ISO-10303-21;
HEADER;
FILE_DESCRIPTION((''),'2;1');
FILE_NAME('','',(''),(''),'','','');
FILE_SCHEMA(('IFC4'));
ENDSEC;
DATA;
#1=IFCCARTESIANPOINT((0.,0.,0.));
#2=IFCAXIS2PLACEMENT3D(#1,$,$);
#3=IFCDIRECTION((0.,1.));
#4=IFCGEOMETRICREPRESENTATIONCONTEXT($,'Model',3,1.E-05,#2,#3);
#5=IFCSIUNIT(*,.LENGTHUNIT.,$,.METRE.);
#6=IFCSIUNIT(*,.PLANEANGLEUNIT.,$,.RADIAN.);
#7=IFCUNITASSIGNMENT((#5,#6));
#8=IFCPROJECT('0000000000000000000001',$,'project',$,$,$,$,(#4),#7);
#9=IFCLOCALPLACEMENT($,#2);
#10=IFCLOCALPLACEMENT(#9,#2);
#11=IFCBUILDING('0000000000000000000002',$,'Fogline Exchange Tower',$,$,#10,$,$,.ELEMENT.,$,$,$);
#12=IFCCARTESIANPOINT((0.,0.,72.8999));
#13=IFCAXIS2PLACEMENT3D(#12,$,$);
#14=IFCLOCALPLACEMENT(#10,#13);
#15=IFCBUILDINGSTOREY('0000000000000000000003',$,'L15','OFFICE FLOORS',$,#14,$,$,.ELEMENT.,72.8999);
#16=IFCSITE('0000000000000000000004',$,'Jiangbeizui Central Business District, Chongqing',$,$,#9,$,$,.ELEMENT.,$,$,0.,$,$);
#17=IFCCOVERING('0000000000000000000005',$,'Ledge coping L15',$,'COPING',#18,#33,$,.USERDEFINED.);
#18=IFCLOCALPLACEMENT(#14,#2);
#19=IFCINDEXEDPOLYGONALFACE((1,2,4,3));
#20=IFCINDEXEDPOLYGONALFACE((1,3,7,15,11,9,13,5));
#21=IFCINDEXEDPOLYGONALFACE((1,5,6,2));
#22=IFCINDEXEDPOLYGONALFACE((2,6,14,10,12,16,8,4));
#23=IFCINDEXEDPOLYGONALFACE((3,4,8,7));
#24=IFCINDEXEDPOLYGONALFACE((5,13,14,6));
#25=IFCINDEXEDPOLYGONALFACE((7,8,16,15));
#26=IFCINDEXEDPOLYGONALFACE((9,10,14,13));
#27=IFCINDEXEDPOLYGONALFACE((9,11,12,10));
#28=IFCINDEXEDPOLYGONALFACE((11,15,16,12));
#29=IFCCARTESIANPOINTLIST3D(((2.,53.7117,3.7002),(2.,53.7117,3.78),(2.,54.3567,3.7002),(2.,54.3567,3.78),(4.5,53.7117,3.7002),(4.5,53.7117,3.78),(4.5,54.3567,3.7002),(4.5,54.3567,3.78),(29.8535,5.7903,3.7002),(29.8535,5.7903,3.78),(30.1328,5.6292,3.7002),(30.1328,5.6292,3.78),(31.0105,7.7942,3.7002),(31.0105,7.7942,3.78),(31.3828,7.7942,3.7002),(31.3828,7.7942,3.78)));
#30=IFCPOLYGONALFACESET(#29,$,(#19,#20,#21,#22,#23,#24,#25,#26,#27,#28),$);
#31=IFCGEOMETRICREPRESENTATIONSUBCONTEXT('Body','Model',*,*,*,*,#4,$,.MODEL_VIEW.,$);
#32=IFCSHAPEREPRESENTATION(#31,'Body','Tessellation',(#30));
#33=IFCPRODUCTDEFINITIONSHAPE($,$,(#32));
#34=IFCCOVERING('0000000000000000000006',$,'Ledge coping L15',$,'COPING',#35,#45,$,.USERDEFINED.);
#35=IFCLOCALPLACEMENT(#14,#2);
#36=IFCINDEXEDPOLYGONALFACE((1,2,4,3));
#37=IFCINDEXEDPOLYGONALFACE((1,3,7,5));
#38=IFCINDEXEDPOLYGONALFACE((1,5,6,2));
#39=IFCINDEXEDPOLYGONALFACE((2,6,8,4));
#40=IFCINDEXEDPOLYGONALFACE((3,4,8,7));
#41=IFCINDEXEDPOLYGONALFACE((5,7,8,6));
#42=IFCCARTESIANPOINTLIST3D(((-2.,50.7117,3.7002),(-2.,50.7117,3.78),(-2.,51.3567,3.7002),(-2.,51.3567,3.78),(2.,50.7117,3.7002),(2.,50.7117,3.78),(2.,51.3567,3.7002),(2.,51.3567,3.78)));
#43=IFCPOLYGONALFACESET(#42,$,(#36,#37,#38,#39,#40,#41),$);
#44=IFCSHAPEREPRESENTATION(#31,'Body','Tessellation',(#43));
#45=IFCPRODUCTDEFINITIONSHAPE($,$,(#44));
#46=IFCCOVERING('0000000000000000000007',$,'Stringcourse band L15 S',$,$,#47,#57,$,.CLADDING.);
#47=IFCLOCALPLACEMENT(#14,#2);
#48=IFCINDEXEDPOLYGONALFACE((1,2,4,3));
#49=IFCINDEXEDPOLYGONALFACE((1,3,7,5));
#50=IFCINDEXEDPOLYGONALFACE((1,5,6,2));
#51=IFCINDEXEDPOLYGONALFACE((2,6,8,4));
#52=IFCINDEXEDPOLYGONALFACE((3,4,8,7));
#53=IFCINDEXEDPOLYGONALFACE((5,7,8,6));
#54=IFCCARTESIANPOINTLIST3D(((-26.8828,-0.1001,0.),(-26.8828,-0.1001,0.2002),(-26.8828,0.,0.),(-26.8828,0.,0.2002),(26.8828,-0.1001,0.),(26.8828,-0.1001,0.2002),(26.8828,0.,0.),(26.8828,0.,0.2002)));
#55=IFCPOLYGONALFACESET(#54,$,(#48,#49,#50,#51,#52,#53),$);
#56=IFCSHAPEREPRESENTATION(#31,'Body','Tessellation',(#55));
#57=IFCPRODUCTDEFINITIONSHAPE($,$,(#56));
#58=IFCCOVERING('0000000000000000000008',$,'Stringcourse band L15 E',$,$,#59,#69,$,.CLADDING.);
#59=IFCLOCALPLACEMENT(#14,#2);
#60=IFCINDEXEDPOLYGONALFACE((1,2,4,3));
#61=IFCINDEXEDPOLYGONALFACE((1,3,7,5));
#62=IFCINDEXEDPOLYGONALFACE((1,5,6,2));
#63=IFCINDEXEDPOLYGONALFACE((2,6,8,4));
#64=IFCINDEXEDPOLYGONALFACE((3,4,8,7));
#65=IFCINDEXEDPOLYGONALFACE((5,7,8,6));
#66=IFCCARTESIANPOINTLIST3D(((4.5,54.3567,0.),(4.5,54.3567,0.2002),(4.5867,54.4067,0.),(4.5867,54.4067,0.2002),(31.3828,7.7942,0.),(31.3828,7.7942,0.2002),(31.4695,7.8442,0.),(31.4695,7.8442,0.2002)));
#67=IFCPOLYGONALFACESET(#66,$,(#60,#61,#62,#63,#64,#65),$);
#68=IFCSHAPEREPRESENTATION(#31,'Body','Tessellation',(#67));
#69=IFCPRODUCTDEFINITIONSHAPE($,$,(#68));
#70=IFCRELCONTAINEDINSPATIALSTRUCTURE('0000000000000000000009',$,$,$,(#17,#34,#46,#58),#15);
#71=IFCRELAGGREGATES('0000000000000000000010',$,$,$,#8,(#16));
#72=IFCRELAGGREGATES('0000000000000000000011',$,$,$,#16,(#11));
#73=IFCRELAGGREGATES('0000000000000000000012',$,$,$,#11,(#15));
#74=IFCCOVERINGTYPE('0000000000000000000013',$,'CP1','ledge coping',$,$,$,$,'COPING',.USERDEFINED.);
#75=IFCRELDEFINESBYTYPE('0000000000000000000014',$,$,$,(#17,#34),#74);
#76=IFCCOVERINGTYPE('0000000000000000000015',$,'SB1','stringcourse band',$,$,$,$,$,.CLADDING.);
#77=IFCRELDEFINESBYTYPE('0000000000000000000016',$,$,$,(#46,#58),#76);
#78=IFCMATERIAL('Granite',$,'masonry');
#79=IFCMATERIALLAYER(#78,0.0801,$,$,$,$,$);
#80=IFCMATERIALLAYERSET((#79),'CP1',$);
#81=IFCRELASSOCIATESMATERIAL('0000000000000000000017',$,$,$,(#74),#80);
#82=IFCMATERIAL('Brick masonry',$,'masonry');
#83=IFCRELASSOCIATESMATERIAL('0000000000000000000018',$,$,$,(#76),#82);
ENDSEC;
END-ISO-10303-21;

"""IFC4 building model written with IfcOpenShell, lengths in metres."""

from ifc_helpers import new_model, si_unit, direction, frame, origin, place, context, subcontext, project, spatial, polyline, outline, extrude, material, layer, layer_set, type_object, element, save


model = new_model("IFC4")

# Units and contexts
model_context = context("Model", 3, precision=1e-05, world=origin(), true_north=direction((0.0, 1.0)))
body_context = subcontext(model_context, "Body", "Model", "MODEL_VIEW")
ifc_project = project(units=[si_unit("LENGTHUNIT", "METRE"), si_unit("PLANEANGLEUNIT", "RADIAN")], contexts=[model_context])

# Site, building, storey
site_placement = place(None, origin())
site = spatial("IfcSite", under=ifc_project, at=site_placement, Name="Jiangbeizui Central Business District, Chongqing", CompositionType="ELEMENT", RefElevation=0.0)
building_placement = place(site_placement, origin())
building = spatial("IfcBuilding", under=site, at=building_placement, Name="Fogline Exchange Tower", CompositionType="ELEMENT")
storey_placement = place(building_placement, frame((0.0, 0.0, 72.8999)))
storey = spatial("IfcBuildingStorey", under=building, at=storey_placement, Name="L15", Description="OFFICE FLOORS", CompositionType="ELEMENT", Elevation=72.8999)

# Shared definitions
ifc_material_1 = material(Name="Brick masonry", Category="masonry")

# Coverings
ifc_material_2 = material(Name="Granite", Category="masonry")
ifc_layer_1 = layer(ifc_material_2, 0.0801)
ifc_layer_set_1 = layer_set([ifc_layer_1], Name="CP1")
covering_type_1 = type_object("IfcCoveringType", Name="CP1", Description="ledge coping", ElementType="COPING", PredefinedType="USERDEFINED", material=ifc_layer_set_1)
covering_1_placement = place(storey_placement, frame((0.0, 0.0, 3.7002)))
element("IfcCovering", 1, at=covering_1_placement, inside=storey, type_object=covering_type_1, Name="Ledge coping L15", ObjectType="COPING", PredefinedType="USERDEFINED", context=body_context, shape_type="SweptSolid", body=[
    extrude(outline(polyline([(2.0, 54.3567), (2.0, 53.7117), (4.5, 53.7117), (31.0105, 7.7942), (29.8535, 5.7903), (30.1328, 5.6292), (31.3828, 7.7942), (4.5, 54.3567), (2.0, 54.3567)])), origin(), (0.0, 0.0, 1.0), 0.0798),
])
covering_2_placement = place(storey_placement, frame((0.0, 0.0, 3.7002)))
element("IfcCovering", 2, at=covering_2_placement, inside=storey, type_object=covering_type_1, Name="Ledge coping L15", ObjectType="COPING", PredefinedType="USERDEFINED", context=body_context, shape_type="SweptSolid", body=[
    extrude(outline(polyline([(2.0, 51.3567), (-2.0, 51.3567), (-2.0, 50.7117), (2.0, 50.7117), (2.0, 51.3567)])), origin(), (0.0, 0.0, 1.0), 0.0798),
])
covering_type_2 = type_object("IfcCoveringType", Name="SB1", Description="stringcourse band", PredefinedType="CLADDING", material=ifc_material_1)
covering_3_placement = place(storey_placement, origin())
element("IfcCovering", 3, at=covering_3_placement, inside=storey, type_object=covering_type_2, Name="Stringcourse band L15 S", PredefinedType="CLADDING", context=body_context, shape_type="SweptSolid", body=[
    extrude(outline(polyline([(-26.8828, 0.0), (-26.8828, -0.1001), (26.8828, -0.1001), (26.8828, 0.0), (-26.8828, 0.0)])), origin(), (0.0, 0.0, 1.0), 0.2002),
])
covering_4_placement = place(storey_placement, origin())
element("IfcCovering", 4, at=covering_4_placement, inside=storey, type_object=covering_type_2, Name="Stringcourse band L15 E", PredefinedType="CLADDING", context=body_context, shape_type="SweptSolid", body=[
    extrude(outline(polyline([(31.3828, 7.7942), (31.4695, 7.8442), (4.5867, 54.4067), (4.5, 54.3567), (31.3828, 7.7942)])), origin(), (0.0, 0.0, 1.0), 0.2002),
])

save(model, "model.ifc")
